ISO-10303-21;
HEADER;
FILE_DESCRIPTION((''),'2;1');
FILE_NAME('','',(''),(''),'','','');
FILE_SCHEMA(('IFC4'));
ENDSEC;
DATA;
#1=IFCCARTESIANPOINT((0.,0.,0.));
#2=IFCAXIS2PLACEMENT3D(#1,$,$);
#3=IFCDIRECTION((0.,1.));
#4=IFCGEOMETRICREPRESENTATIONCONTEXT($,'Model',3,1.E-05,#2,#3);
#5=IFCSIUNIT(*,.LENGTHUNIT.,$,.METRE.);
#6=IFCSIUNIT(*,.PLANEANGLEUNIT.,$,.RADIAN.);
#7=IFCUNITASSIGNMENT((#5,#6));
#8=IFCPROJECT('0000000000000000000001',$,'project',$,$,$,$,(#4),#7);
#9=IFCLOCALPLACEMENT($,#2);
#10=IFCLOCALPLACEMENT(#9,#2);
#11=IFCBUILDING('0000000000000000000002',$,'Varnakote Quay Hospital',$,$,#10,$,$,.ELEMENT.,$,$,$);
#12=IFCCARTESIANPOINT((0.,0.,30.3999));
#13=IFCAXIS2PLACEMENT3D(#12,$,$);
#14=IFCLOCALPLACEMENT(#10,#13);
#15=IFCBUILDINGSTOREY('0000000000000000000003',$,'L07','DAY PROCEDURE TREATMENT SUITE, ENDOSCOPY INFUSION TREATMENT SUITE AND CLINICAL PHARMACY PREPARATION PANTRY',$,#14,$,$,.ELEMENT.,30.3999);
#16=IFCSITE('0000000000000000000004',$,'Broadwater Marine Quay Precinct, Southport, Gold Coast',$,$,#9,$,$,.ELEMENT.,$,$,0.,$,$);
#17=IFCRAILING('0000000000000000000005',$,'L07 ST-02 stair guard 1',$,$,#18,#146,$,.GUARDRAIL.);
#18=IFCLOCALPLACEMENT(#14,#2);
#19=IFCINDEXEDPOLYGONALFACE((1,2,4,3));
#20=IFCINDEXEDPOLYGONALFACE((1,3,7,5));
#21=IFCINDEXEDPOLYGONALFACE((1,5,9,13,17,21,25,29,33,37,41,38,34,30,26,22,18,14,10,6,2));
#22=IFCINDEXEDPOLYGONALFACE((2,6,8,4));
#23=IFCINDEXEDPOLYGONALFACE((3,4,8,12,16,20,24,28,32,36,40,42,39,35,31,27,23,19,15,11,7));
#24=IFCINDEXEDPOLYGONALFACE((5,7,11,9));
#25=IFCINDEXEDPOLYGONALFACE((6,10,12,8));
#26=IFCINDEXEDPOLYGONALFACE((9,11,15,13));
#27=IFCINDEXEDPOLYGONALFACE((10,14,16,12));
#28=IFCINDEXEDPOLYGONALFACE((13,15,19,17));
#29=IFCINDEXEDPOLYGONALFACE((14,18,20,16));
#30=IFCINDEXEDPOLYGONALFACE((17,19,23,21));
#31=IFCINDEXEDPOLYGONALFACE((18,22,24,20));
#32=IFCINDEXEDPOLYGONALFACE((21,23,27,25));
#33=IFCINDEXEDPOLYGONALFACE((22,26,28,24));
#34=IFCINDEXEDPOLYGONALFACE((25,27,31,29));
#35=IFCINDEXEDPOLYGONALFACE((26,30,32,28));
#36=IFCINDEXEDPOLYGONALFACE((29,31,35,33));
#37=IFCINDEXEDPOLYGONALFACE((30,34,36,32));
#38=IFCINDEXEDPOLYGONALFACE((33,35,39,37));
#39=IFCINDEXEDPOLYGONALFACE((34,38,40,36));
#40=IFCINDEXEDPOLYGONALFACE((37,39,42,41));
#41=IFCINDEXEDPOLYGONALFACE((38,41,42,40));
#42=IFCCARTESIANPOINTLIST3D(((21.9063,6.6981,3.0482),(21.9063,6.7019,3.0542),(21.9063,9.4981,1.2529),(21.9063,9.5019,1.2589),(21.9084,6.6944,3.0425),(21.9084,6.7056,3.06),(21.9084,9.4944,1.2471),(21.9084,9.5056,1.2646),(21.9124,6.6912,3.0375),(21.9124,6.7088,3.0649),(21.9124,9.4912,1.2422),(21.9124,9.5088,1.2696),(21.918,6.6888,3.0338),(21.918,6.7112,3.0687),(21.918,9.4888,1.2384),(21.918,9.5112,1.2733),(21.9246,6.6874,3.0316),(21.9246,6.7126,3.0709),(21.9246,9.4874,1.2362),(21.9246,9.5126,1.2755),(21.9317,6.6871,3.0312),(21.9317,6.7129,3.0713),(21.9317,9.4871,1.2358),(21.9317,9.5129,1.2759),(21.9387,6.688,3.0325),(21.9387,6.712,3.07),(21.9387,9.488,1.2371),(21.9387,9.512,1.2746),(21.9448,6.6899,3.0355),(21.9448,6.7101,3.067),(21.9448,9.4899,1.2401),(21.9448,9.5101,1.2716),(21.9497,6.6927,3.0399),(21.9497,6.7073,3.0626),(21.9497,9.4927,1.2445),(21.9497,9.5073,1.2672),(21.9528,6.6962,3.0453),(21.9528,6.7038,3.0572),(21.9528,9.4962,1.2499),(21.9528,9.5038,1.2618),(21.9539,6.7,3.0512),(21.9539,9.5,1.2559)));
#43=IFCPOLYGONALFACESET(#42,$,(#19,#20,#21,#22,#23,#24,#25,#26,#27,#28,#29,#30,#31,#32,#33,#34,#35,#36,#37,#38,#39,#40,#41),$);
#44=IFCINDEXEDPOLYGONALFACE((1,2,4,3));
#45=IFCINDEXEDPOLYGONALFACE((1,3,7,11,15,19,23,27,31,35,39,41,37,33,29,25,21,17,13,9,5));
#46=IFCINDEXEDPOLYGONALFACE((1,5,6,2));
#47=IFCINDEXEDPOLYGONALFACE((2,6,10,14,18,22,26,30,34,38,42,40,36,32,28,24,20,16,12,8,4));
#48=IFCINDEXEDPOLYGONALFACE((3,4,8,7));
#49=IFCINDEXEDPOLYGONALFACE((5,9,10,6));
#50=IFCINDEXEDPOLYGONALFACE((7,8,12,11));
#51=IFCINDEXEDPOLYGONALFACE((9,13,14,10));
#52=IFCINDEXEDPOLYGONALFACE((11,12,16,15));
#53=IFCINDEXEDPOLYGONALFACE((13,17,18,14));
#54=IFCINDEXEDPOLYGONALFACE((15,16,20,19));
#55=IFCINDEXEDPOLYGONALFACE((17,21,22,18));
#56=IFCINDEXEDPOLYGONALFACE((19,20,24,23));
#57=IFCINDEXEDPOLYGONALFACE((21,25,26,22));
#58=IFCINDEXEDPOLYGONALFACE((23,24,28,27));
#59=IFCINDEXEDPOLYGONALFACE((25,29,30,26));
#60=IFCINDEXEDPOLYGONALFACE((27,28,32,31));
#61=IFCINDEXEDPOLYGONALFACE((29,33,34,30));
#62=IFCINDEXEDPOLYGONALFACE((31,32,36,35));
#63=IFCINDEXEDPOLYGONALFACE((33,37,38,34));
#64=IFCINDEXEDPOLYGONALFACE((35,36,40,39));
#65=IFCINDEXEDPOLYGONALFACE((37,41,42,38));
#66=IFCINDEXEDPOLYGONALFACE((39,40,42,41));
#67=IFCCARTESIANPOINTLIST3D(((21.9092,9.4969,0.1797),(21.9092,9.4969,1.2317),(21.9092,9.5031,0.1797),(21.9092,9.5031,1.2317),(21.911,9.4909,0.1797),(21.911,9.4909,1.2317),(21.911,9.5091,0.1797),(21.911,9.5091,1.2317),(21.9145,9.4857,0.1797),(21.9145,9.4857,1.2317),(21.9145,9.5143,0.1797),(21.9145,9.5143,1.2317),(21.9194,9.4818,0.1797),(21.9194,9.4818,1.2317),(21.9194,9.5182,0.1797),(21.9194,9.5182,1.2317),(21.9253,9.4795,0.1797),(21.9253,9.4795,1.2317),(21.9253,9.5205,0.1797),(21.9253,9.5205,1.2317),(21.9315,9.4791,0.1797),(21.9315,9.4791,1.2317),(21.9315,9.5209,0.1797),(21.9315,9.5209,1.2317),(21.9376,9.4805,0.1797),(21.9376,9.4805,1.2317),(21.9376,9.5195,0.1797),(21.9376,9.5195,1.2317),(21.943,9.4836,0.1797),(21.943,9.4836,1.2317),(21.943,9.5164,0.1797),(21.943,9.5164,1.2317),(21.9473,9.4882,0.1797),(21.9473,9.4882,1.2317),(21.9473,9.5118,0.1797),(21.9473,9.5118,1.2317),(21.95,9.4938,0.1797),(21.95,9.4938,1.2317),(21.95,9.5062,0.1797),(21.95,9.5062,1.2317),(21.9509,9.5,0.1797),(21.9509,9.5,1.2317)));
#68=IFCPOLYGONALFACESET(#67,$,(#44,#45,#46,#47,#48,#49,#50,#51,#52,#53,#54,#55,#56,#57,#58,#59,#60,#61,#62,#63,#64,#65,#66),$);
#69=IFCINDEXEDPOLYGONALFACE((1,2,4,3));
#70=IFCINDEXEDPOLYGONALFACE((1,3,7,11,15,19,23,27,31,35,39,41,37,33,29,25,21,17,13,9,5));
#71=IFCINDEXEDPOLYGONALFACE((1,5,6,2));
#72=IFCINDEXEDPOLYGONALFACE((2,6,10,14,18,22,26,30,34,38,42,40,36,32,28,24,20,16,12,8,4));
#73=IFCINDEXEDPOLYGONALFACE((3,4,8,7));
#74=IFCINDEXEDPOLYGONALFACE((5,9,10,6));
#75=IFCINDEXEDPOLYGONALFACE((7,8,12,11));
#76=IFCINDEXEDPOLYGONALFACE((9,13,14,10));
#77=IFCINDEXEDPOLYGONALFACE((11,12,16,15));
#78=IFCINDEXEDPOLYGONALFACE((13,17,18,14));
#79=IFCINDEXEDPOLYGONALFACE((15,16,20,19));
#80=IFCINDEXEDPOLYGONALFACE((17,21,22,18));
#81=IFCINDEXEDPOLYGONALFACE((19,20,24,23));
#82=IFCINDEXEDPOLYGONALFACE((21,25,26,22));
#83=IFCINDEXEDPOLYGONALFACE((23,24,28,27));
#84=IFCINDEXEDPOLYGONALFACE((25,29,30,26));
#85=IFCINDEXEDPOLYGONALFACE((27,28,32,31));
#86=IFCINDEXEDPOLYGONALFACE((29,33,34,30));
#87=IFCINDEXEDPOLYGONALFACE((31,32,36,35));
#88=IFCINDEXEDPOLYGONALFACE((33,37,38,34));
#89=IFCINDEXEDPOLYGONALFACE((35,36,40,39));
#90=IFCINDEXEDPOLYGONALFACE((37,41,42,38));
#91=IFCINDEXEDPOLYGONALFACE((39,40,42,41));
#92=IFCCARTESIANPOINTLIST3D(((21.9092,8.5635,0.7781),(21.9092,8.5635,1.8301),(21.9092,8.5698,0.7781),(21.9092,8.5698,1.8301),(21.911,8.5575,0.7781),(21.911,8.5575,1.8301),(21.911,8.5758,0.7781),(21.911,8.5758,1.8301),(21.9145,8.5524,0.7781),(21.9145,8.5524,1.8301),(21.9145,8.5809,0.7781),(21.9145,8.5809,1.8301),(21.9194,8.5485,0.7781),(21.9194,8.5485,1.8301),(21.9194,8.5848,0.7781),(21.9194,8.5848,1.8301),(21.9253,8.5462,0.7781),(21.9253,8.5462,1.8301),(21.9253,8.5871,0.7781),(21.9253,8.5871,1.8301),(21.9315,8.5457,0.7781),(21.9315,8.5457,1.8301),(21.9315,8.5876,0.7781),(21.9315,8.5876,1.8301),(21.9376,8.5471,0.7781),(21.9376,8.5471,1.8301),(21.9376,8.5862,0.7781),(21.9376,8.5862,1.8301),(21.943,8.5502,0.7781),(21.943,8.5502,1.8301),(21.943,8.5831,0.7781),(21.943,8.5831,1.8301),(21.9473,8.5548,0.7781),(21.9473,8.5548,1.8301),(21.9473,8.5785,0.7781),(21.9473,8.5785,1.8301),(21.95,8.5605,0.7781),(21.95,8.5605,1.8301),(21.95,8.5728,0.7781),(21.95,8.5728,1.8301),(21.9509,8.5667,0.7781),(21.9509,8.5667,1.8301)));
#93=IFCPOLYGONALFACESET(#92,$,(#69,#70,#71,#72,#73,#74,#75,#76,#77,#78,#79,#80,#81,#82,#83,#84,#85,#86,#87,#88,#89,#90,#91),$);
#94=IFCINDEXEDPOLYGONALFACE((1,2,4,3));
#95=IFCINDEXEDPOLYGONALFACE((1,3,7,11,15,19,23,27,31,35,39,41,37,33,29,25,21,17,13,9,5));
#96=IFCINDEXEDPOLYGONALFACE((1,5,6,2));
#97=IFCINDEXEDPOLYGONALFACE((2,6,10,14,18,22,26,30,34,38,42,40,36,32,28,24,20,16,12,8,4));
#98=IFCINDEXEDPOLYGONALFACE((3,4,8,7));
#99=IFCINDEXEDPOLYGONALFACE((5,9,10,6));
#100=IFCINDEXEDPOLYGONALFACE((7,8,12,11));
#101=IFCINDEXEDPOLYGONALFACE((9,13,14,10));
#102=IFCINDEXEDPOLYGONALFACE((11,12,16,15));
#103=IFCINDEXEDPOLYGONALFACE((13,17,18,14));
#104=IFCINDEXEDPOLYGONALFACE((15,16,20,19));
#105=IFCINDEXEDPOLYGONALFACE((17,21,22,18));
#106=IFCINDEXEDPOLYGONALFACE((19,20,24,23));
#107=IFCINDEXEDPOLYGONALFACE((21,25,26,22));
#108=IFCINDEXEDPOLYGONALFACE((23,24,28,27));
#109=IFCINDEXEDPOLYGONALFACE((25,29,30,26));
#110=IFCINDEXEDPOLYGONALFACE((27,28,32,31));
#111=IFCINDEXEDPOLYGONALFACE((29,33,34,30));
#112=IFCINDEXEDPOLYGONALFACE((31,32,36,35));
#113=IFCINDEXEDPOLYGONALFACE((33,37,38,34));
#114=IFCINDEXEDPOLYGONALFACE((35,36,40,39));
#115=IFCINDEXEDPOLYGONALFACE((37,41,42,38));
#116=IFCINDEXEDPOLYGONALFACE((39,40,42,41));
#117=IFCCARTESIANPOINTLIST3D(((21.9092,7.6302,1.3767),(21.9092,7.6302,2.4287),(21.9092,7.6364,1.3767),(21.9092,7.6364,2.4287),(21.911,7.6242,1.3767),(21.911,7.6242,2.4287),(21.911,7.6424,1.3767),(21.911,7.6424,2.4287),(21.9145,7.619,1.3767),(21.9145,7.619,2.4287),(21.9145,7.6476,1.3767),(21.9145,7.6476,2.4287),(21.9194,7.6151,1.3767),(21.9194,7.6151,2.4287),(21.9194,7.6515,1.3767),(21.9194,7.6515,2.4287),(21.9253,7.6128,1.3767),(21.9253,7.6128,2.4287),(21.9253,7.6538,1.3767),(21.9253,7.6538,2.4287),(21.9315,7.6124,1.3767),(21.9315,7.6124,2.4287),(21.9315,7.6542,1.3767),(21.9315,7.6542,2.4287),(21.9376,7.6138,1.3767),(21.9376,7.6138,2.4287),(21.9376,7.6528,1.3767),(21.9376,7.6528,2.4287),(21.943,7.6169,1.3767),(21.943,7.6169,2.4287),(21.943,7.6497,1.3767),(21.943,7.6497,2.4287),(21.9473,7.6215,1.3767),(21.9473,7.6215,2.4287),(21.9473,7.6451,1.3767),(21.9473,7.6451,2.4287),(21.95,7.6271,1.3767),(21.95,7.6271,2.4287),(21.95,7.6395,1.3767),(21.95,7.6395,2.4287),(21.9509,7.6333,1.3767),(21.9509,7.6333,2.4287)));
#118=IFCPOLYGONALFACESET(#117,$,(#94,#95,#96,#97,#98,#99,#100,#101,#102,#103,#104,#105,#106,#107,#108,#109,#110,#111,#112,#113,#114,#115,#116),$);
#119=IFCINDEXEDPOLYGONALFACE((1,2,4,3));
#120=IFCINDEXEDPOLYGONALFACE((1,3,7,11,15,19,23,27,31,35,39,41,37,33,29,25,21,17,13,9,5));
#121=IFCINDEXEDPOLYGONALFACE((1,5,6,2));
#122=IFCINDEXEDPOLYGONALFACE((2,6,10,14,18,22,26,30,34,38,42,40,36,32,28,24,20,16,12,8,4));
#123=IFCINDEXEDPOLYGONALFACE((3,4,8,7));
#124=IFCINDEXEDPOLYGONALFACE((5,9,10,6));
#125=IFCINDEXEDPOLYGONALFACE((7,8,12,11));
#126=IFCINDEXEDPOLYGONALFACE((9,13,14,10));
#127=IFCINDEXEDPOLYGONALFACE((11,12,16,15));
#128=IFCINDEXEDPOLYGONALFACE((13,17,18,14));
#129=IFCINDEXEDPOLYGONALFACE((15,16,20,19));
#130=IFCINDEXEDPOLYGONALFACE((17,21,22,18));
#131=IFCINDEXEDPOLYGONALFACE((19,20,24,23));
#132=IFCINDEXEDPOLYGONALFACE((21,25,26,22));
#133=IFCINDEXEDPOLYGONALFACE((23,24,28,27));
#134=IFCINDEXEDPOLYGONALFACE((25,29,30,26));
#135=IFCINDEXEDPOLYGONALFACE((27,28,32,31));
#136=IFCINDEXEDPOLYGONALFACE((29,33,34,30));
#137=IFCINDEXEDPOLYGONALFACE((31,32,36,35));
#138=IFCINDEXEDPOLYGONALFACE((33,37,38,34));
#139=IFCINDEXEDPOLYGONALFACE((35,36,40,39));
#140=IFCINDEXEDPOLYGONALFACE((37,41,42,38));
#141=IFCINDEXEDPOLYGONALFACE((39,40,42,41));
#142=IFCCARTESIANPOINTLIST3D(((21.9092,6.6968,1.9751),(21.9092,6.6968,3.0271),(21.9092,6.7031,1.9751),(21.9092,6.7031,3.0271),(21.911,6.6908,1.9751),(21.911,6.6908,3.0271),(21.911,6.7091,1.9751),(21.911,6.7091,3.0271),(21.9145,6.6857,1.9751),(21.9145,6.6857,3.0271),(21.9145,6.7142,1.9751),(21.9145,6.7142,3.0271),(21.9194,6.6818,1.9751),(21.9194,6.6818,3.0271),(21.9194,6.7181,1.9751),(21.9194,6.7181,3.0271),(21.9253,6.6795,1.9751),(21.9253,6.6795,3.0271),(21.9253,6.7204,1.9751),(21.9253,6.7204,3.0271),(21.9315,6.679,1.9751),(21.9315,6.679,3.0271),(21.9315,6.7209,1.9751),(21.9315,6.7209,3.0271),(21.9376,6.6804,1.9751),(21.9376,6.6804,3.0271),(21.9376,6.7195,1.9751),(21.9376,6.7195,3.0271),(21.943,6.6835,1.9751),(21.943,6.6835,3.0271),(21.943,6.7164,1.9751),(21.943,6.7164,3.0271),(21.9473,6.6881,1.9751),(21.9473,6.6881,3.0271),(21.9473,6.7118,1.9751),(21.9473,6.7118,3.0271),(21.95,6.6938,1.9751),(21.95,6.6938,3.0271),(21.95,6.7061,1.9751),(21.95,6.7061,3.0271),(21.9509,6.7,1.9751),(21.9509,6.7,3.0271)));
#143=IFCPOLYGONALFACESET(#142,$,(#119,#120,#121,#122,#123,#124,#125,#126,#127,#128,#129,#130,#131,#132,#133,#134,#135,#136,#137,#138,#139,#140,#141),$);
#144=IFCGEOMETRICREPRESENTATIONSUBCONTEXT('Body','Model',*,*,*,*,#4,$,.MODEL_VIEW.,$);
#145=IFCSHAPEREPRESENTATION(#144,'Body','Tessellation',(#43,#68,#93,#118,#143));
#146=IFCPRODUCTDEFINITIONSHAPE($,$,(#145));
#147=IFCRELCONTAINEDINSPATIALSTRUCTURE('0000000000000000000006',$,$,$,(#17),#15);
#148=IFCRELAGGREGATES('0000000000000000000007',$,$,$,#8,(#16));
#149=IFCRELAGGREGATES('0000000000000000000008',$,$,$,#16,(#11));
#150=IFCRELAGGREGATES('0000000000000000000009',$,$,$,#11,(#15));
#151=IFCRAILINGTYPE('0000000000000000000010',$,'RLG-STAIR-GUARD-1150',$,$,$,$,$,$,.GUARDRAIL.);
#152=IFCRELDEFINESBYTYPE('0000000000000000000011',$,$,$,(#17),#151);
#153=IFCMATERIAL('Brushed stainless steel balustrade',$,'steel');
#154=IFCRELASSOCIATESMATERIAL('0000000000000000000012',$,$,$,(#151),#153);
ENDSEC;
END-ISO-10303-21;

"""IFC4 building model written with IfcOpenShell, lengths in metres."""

from ifc_helpers import new_model, si_unit, direction, frame, origin, origin_2d, place, context, subcontext, project, spatial, circle, extrude, material, type_object, element, save


model = new_model("IFC4")

# Units and contexts
model_context = context("Model", 3, precision=1e-05, world=origin(), true_north=direction((0.0, 1.0)))
body_context = subcontext(model_context, "Body", "Model", "MODEL_VIEW")
ifc_project = project(units=[si_unit("LENGTHUNIT", "METRE"), si_unit("PLANEANGLEUNIT", "RADIAN")], contexts=[model_context])

# Site, building, storey
site_placement = place(None, origin())
site = spatial("IfcSite", under=ifc_project, at=site_placement, Name="Broadwater Marine Quay Precinct, Southport, Gold Coast", CompositionType="ELEMENT", RefElevation=0.0)
building_placement = place(site_placement, origin())
building = spatial("IfcBuilding", under=site, at=building_placement, Name="Varnakote Quay Hospital", CompositionType="ELEMENT")
storey_placement = place(building_placement, frame((0.0, 0.0, 30.3999)))
storey = spatial("IfcBuildingStorey", under=building, at=storey_placement, Name="L07", Description="DAY PROCEDURE TREATMENT SUITE, ENDOSCOPY INFUSION TREATMENT SUITE AND CLINICAL PHARMACY PREPARATION PANTRY", CompositionType="ELEMENT", Elevation=30.3999)

# Railing
ifc_material_1 = material(Name="Brushed stainless steel balustrade", Category="steel")
railing_type_1 = type_object("IfcRailingType", Name="RLG-STAIR-GUARD-1150", PredefinedType="GUARDRAIL", material=ifc_material_1)
railing_1_placement = place(storey_placement, frame((21.9299, 9.5, 0.1797)))
element("IfcRailing", 1, at=railing_1_placement, inside=storey, type_object=railing_type_1, Name="L07 ST-02 stair guard 1", PredefinedType="GUARDRAIL", context=body_context, shape_type="SweptSolid", body=[
    extrude(circle(Radius=0.0239, at=origin_2d()), frame((0.0, 0.0, 1.0762), z_axis=(0.0, -0.84181, 0.539774), x_axis=(1.0, 0.0, 0.0)), (0.0, 0.0, 1.0), 3.3262),
    extrude(circle(Radius=0.021, at=origin_2d()), origin(), (0.0, 0.0, 1.0), 1.052),
    extrude(circle(Radius=0.021, at=origin_2d()), frame((0.0, -0.9333, 0.5984)), (0.0, 0.0, 1.0), 1.052),
    extrude(circle(Radius=0.021, at=origin_2d()), frame((0.0, -1.8667, 1.197)), (0.0, 0.0, 1.0), 1.052),
    extrude(circle(Radius=0.021, at=origin_2d()), frame((0.0, -2.8, 1.7954)), (0.0, 0.0, 1.0), 1.052),
])

save(model, "model.ifc")
